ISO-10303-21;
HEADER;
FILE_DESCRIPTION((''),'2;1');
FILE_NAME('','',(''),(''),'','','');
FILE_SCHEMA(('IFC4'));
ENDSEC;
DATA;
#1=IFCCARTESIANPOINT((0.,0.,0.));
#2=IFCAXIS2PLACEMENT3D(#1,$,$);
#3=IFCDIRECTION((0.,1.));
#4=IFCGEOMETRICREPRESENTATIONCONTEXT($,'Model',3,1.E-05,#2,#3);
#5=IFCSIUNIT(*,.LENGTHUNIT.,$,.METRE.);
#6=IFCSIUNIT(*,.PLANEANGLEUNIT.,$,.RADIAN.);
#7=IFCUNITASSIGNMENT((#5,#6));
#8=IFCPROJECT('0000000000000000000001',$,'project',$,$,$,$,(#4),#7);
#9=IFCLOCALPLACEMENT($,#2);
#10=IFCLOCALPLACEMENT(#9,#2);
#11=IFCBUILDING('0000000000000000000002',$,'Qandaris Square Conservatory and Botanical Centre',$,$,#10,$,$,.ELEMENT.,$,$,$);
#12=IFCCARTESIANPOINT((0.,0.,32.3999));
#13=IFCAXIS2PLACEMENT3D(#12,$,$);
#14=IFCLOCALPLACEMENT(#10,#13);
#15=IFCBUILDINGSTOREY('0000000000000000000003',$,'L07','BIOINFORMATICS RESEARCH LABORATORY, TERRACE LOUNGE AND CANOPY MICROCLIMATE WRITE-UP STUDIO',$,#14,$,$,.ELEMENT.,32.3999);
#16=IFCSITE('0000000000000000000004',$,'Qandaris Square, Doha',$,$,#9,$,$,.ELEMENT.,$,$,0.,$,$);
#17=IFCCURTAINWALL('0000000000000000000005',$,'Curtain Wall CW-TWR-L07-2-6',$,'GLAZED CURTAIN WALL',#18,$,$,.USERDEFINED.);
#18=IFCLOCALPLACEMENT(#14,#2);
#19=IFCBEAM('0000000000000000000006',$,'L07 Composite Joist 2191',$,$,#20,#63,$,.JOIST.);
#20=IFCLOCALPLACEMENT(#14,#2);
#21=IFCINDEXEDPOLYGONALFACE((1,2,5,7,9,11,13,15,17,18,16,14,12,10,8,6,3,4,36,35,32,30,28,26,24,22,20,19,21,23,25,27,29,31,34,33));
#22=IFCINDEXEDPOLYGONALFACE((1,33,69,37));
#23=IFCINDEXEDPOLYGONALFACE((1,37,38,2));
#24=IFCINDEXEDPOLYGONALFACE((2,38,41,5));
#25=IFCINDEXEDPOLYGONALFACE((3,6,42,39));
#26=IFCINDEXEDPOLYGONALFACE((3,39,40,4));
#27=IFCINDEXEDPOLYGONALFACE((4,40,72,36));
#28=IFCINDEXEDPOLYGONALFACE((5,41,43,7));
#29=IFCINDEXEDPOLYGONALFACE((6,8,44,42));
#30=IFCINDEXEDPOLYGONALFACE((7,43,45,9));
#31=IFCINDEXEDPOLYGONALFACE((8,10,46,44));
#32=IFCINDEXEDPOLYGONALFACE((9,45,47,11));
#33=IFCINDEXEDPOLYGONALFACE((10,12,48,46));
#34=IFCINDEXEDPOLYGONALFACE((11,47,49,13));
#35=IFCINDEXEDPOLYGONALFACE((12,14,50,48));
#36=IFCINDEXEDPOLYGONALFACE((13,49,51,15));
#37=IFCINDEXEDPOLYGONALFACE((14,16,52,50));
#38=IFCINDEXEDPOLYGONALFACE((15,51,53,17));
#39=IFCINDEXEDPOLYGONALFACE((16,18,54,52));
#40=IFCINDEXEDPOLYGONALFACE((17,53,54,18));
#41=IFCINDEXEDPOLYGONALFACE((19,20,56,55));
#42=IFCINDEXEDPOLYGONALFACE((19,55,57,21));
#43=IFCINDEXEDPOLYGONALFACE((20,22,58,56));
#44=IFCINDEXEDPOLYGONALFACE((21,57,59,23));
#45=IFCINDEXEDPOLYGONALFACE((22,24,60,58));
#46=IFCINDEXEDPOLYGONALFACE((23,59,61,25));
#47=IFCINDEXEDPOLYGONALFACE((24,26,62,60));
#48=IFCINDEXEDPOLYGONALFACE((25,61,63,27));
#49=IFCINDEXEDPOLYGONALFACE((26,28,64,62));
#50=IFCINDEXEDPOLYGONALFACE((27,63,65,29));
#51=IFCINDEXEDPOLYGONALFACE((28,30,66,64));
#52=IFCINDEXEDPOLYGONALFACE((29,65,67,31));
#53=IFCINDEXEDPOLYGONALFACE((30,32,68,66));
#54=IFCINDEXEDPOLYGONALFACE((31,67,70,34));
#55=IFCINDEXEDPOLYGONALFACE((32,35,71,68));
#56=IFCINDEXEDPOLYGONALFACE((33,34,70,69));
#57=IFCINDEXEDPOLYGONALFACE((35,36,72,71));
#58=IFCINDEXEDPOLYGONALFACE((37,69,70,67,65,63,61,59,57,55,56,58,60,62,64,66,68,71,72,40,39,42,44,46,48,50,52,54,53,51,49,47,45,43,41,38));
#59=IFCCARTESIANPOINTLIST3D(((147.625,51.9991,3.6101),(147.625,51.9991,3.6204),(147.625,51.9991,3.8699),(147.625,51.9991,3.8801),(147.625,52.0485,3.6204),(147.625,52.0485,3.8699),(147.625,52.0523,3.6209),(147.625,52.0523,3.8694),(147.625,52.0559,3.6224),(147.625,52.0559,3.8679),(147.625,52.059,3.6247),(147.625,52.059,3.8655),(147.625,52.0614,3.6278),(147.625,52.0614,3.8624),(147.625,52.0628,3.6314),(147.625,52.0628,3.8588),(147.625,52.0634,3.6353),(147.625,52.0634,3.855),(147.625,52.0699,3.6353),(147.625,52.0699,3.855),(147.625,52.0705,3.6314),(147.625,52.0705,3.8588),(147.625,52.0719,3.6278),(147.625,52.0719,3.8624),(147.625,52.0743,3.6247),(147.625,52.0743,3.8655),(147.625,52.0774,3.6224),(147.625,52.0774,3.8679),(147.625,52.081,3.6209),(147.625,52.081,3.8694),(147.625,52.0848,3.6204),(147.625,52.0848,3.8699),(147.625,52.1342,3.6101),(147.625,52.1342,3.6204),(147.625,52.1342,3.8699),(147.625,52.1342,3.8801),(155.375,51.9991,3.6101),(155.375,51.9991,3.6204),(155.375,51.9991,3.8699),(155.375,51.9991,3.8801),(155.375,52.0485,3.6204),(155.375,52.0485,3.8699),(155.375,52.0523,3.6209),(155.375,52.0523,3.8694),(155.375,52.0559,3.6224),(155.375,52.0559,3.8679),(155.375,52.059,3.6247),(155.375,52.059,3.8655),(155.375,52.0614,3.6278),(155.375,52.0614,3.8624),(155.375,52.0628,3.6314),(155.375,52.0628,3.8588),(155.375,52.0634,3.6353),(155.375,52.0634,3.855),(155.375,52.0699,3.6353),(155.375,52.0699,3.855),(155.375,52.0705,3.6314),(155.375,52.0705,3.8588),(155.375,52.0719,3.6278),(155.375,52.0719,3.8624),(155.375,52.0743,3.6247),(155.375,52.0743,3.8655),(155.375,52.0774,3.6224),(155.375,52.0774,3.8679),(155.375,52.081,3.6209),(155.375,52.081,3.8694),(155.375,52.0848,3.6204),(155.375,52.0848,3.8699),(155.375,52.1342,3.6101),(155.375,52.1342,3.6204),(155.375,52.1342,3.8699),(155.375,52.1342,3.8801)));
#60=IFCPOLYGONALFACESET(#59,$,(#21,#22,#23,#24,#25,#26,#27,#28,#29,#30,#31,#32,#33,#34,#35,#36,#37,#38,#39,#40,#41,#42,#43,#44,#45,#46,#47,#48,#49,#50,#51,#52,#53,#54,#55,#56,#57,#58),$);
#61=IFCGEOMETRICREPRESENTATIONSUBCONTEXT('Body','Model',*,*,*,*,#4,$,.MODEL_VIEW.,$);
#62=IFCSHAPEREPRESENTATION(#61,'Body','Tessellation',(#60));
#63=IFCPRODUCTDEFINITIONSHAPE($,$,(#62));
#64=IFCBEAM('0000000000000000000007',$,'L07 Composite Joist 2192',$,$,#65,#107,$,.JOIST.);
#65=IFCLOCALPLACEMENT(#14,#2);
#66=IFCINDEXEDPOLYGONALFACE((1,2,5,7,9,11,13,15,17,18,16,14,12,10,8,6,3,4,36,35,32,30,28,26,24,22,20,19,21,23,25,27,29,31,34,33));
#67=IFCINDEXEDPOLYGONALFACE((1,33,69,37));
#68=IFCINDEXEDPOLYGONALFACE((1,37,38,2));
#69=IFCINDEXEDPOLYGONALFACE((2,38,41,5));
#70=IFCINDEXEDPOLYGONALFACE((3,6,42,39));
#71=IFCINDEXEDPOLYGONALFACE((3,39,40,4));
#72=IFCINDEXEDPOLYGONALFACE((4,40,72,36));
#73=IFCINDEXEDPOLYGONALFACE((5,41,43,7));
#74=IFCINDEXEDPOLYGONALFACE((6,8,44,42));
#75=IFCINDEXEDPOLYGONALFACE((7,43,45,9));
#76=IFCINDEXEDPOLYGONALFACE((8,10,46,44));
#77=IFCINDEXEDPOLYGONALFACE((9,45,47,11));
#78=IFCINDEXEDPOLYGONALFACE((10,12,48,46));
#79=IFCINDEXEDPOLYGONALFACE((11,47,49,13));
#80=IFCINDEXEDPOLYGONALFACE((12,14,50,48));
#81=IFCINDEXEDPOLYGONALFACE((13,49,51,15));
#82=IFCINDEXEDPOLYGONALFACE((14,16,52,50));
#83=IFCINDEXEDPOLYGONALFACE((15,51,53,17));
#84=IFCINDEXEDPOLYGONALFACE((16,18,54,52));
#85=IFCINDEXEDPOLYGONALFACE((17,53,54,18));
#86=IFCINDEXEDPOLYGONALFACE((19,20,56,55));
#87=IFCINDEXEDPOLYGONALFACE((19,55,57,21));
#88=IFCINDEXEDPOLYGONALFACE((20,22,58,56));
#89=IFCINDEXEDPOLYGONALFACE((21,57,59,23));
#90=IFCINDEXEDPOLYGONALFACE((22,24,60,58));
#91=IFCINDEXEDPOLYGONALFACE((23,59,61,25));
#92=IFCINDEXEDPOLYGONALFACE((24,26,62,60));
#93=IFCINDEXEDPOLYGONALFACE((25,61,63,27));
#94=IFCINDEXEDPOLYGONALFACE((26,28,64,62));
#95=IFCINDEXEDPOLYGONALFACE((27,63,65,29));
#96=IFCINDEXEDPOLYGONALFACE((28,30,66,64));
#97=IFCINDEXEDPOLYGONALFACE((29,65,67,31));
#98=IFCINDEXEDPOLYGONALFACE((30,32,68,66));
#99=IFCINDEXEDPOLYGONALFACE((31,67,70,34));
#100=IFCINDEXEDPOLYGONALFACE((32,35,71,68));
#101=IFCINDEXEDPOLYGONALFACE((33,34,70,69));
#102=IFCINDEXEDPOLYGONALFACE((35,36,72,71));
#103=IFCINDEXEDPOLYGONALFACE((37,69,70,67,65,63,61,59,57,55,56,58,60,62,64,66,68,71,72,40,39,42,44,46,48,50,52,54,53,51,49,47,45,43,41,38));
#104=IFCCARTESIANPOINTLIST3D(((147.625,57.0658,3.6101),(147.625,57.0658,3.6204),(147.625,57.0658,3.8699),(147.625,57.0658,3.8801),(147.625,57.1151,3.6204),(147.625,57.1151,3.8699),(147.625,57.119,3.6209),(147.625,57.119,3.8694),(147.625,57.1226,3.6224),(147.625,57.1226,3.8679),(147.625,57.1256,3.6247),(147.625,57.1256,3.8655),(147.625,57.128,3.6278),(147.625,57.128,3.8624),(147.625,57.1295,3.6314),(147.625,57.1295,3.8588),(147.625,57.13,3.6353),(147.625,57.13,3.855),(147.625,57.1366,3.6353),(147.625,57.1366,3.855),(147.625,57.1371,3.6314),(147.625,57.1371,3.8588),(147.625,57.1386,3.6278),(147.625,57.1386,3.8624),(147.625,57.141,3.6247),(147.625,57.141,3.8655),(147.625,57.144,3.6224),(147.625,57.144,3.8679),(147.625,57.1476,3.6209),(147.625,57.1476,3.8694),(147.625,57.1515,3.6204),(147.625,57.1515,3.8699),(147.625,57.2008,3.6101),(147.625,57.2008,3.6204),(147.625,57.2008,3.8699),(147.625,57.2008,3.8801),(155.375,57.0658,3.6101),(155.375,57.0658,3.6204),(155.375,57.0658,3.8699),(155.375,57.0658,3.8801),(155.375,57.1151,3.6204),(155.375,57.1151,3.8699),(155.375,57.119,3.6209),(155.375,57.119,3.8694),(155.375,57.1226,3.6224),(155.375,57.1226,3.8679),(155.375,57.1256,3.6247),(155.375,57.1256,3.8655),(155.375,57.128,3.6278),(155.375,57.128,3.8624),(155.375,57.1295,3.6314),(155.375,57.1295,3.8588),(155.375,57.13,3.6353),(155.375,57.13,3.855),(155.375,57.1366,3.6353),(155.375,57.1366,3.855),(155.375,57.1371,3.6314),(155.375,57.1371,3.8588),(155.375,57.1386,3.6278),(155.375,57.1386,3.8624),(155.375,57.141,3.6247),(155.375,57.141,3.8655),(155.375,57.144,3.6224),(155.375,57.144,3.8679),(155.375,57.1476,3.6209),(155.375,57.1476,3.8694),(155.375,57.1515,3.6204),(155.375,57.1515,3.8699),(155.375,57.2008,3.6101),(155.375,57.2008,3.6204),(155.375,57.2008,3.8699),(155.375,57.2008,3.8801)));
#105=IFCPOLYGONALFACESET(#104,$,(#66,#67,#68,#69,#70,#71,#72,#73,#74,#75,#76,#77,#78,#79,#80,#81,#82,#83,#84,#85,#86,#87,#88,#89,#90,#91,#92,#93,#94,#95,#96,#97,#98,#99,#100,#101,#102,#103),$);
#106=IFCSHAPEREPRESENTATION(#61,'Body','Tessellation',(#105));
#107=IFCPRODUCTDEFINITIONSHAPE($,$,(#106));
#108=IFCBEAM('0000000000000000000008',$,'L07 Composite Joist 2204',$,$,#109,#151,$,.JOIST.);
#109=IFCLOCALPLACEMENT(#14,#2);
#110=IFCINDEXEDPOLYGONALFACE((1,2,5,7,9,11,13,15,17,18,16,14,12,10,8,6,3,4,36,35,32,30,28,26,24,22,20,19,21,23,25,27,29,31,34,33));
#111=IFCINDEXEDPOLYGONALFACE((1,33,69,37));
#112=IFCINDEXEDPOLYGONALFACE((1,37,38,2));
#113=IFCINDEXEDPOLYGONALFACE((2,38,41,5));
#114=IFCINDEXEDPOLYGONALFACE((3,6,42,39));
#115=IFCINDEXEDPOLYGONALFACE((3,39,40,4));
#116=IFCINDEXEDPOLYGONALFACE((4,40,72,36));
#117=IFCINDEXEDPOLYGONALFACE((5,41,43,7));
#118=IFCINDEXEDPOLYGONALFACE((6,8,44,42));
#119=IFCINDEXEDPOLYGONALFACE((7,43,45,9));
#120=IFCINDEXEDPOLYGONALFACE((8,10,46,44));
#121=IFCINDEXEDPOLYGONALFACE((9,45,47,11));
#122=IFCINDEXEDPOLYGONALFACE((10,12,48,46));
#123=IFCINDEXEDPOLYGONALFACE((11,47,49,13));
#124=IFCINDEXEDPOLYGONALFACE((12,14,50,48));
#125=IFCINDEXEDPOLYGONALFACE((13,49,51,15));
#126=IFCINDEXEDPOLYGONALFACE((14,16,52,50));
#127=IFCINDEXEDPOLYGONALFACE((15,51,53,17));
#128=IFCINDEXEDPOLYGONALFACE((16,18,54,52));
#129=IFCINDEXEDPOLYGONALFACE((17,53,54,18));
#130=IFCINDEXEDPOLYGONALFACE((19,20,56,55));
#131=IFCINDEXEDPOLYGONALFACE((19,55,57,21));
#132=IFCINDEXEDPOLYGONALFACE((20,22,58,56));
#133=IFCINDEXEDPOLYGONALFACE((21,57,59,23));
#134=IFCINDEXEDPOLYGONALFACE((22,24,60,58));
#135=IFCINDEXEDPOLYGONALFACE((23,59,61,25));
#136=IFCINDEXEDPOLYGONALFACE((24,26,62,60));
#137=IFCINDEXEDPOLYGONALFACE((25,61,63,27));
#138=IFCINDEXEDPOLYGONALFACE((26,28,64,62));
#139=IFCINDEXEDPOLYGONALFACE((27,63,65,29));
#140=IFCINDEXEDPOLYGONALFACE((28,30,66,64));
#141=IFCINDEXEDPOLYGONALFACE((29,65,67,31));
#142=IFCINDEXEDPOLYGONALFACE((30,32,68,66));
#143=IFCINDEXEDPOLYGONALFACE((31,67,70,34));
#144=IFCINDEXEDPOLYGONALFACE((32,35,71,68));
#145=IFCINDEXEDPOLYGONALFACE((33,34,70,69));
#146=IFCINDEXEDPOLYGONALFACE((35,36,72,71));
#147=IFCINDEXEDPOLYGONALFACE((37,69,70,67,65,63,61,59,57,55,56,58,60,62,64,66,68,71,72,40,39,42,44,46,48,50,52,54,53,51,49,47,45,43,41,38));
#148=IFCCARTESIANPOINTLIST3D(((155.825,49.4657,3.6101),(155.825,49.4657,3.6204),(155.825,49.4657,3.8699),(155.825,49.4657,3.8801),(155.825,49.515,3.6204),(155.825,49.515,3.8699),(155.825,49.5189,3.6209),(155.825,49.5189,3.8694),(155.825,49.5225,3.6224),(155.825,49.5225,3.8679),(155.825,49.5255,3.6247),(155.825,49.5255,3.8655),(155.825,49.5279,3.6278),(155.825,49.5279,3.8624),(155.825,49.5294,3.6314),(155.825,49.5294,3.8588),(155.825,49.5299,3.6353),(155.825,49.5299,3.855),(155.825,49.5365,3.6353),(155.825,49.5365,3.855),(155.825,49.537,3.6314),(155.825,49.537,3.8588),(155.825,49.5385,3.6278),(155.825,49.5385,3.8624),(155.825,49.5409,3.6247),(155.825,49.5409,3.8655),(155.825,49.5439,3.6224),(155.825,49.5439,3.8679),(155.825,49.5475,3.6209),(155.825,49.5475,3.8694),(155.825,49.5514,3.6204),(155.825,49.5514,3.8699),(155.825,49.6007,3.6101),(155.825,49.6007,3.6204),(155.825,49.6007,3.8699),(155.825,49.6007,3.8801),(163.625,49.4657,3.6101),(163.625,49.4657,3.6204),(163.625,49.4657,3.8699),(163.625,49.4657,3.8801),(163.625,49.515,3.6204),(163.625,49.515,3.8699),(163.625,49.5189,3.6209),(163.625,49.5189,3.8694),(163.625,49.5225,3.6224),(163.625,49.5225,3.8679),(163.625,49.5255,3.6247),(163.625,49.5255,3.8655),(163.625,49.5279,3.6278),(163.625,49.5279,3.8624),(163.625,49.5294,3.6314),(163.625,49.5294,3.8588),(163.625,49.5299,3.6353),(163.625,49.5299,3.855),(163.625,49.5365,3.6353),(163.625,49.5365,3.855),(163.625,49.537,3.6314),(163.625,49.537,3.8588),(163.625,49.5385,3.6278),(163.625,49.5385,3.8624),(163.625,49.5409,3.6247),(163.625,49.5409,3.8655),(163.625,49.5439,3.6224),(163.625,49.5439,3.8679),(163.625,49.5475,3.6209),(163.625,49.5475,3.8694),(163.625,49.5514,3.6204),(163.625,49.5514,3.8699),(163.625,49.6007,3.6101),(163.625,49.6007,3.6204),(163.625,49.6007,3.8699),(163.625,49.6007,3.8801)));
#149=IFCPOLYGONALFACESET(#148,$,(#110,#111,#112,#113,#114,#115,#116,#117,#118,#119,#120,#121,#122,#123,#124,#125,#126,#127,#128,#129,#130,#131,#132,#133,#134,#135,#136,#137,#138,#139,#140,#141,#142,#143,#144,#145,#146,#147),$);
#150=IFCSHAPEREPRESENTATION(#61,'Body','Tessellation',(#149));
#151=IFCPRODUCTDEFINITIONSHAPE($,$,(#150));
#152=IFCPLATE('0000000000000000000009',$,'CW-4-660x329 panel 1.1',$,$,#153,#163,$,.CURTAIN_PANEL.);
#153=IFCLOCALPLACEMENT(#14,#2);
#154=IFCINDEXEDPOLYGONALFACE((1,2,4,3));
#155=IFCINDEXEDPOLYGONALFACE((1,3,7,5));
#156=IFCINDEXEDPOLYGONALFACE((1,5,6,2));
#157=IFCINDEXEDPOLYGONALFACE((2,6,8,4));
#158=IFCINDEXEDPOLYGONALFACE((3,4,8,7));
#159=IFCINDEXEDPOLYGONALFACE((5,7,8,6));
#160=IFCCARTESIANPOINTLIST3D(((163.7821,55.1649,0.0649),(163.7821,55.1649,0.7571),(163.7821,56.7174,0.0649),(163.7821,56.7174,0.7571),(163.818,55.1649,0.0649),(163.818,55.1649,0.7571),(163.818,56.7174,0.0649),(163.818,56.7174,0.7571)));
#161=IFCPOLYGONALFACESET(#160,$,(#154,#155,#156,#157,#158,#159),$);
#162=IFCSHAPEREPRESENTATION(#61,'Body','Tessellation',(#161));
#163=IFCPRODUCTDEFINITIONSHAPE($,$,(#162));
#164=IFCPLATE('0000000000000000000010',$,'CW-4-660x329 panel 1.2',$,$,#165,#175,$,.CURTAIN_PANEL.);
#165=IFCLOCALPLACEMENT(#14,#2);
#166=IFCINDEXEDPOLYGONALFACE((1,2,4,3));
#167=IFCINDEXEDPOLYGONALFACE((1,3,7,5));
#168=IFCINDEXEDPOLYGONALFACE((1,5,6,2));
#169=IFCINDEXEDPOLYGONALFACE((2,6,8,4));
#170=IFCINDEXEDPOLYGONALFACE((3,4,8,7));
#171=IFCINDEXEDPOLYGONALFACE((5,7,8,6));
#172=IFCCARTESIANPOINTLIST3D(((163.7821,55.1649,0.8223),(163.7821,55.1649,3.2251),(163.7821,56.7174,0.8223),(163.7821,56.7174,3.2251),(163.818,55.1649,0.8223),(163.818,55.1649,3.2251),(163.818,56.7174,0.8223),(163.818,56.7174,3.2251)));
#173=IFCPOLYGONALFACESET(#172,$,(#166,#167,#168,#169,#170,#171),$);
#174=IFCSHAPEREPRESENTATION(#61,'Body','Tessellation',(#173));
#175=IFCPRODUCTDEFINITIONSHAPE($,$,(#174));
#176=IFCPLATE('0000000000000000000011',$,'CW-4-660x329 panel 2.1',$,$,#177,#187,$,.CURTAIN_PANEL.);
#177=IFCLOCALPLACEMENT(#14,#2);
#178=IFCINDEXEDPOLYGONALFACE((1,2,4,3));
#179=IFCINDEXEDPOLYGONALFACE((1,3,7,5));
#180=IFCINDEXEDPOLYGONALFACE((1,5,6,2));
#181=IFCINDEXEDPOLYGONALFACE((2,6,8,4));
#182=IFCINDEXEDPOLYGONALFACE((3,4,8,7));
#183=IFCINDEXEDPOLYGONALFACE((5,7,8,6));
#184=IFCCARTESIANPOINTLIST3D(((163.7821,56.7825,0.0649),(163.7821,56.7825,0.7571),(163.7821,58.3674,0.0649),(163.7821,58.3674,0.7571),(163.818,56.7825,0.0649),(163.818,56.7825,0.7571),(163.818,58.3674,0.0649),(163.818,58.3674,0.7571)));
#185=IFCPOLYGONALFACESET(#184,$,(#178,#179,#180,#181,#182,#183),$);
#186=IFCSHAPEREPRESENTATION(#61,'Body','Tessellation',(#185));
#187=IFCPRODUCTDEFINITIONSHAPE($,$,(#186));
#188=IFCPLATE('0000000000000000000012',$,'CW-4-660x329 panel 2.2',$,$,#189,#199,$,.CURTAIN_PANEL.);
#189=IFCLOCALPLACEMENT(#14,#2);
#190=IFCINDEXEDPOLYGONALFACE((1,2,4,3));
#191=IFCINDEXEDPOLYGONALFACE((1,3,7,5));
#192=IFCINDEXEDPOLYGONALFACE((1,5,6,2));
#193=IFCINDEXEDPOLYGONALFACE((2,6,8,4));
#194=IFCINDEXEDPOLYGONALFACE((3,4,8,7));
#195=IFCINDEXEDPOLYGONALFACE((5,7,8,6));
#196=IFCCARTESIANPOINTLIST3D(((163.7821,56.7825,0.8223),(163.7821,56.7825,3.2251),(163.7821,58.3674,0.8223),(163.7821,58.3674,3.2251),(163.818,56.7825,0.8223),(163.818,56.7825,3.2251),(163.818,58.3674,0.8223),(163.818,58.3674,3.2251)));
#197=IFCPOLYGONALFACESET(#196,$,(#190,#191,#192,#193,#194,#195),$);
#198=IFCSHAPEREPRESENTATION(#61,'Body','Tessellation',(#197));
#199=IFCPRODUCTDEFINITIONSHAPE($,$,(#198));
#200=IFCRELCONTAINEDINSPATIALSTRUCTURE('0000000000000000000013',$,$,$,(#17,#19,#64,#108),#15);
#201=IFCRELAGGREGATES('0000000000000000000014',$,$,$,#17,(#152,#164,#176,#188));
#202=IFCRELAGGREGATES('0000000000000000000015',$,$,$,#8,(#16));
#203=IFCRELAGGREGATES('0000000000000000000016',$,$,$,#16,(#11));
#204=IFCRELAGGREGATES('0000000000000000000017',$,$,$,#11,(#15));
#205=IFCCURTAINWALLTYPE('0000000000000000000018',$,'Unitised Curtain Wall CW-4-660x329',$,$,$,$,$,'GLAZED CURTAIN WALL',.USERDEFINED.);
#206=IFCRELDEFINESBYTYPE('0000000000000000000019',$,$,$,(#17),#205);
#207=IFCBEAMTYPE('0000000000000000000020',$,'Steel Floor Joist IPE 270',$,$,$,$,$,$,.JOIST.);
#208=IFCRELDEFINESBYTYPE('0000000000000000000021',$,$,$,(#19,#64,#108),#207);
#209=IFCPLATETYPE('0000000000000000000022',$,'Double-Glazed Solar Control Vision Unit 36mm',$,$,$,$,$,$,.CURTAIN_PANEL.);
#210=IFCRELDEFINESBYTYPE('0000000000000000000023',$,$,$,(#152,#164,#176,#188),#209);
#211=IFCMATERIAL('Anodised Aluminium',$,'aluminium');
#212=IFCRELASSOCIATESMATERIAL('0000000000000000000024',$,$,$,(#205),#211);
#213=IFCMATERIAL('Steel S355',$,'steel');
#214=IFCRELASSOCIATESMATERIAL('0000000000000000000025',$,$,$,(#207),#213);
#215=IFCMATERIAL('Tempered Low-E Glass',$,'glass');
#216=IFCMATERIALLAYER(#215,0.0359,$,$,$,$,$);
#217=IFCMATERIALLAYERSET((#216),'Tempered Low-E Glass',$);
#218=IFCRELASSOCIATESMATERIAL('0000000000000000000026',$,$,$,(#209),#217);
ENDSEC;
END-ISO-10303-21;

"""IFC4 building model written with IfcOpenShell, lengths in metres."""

from ifc_helpers import new_model, si_unit, direction, frame, origin, origin_2d, place, context, subcontext, project, spatial, rectangle, i_section, extrude, material, layer, layer_set, material_profile, profile_set, type_object, element, aggregate, save


model = new_model("IFC4")

# Units and contexts
model_context = context("Model", 3, precision=1e-05, world=origin(), true_north=direction((0.0, 1.0)))
body_context = subcontext(model_context, "Body", "Model", "MODEL_VIEW")
ifc_project = project(units=[si_unit("LENGTHUNIT", "METRE"), si_unit("PLANEANGLEUNIT", "RADIAN")], contexts=[model_context])

# Site, building, storey
site_placement = place(None, origin())
site = spatial("IfcSite", under=ifc_project, at=site_placement, Name="Qandaris Square, Doha", CompositionType="ELEMENT", RefElevation=0.0)
building_placement = place(site_placement, origin())
building = spatial("IfcBuilding", under=site, at=building_placement, Name="Qandaris Square Conservatory and Botanical Centre", CompositionType="ELEMENT")
storey_placement = place(building_placement, frame((0.0, 0.0, 32.3999)))
storey = spatial("IfcBuildingStorey", under=building, at=storey_placement, Name="L07", Description="BIOINFORMATICS RESEARCH LABORATORY, TERRACE LOUNGE AND CANOPY MICROCLIMATE WRITE-UP STUDIO", CompositionType="ELEMENT", Elevation=32.3999)

# Shared definitions
ifc_material_1 = material(Name="Steel S355", Category="steel")

# Curtain wall
ifc_material_2 = material(Name="Anodised Aluminium", Category="aluminium")
curtain_wall_type = type_object("IfcCurtainWallType", Name="Unitised Curtain Wall CW-4-660x329", ElementType="GLAZED CURTAIN WALL", PredefinedType="USERDEFINED", material=ifc_material_2)
curtain_wall_placement = place(storey_placement, origin())
curtain_wall = element("IfcCurtainWall", 1, at=curtain_wall_placement, inside=storey, type_object=curtain_wall_type, Name="Curtain Wall CW-TWR-L07-2-6", ObjectType="GLAZED CURTAIN WALL", PredefinedType="USERDEFINED")

# Beams
ifc_material_profile_1 = material_profile(ifc_material_1, i_section(OverallWidth=0.135, OverallDepth=0.27, WebThickness=0.0066, FlangeThickness=0.0103, FilletRadius=0.0149, at=origin_2d()), Name="IPE 270")
ifc_profile_set_1 = profile_set([ifc_material_profile_1], Name="Steel S355")
beam_type_1 = type_object("IfcBeamType", Name="Steel Floor Joist IPE 270", PredefinedType="JOIST", material=ifc_profile_set_1)
for number, where, z_axis, x_axis, name in (
    (2, (147.625, 52.0667, 3.7451), (1.0, 0.0, 0.0), (0.0, 1.0, 0.0), "L07 Composite Joist 2191"),
    (3, (147.625, 57.1333, 3.7451), (1.0, 0.0, 0.0), (0.0, 1.0, 0.0), "L07 Composite Joist 2192"),
):
    element("IfcBeam", number, at=place(storey_placement, frame(where, z_axis=z_axis, x_axis=x_axis)), inside=storey, type_object=beam_type_1, Name=name, PredefinedType="JOIST", context=body_context, shape_type="SweptSolid", body=[
        extrude(i_section(OverallWidth=0.135, OverallDepth=0.27, WebThickness=0.0066, FlangeThickness=0.0103, FilletRadius=0.0149, at=origin_2d()), origin(), (0.0, 0.0, 1.0), 7.75),
    ])
beam_1_placement = place(storey_placement, frame((155.825, 49.5332, 3.7451), z_axis=(1.0, 0.0, 0.0), x_axis=(0.0, 1.0, 0.0)))
element("IfcBeam", 4, at=beam_1_placement, inside=storey, type_object=beam_type_1, Name="L07 Composite Joist 2204", PredefinedType="JOIST", context=body_context, shape_type="SweptSolid", body=[
    extrude(i_section(OverallWidth=0.135, OverallDepth=0.27, WebThickness=0.0066, FlangeThickness=0.0103, FilletRadius=0.0149, at=origin_2d()), origin(), (0.0, 0.0, 1.0), 7.8),
])

# Plates
ifc_material_3 = material(Name="Tempered Low-E Glass", Category="glass")
ifc_layer_1 = layer(ifc_material_3, 0.0359)
ifc_layer_set_1 = layer_set([ifc_layer_1], Name="Tempered Low-E Glass")
plate_type_1 = type_object("IfcPlateType", Name="Double-Glazed Solar Control Vision Unit 36mm", PredefinedType="CURTAIN_PANEL", material=ifc_layer_set_1)
plate_1_placement = place(storey_placement, frame((163.8, 55.9412, 0.0649), z_axis=(0.0, 0.0, 1.0), x_axis=(0.0, 1.0, 0.0)))
plate_1 = element("IfcPlate", 5, at=plate_1_placement, type_object=plate_type_1, Name="CW-4-660x329 panel 1.1", PredefinedType="CURTAIN_PANEL", context=body_context, shape_type="SweptSolid", body=[
    extrude(rectangle(XDim=1.5525, YDim=0.0359, at=origin_2d()), origin(), (0.0, 0.0, 1.0), 0.6921),
])
plate_2_placement = place(storey_placement, frame((163.8, 55.9412, 0.8223), z_axis=(0.0, 0.0, 1.0), x_axis=(0.0, 1.0, 0.0)))
plate_2 = element("IfcPlate", 6, at=plate_2_placement, type_object=plate_type_1, Name="CW-4-660x329 panel 1.2", PredefinedType="CURTAIN_PANEL", context=body_context, shape_type="SweptSolid", body=[
    extrude(rectangle(XDim=1.5525, YDim=0.0359, at=origin_2d()), origin(), (0.0, 0.0, 1.0), 2.4028),
])
plate_3_placement = place(storey_placement, frame((163.8, 57.575, 0.0649), z_axis=(0.0, 0.0, 1.0), x_axis=(0.0, 1.0, 0.0)))
plate_3 = element("IfcPlate", 7, at=plate_3_placement, type_object=plate_type_1, Name="CW-4-660x329 panel 2.1", PredefinedType="CURTAIN_PANEL", context=body_context, shape_type="SweptSolid", body=[
    extrude(rectangle(XDim=1.585, YDim=0.0359, at=origin_2d()), origin(), (0.0, 0.0, 1.0), 0.6921),
])
plate_4_placement = place(storey_placement, frame((163.8, 57.575, 0.8223), z_axis=(0.0, 0.0, 1.0), x_axis=(0.0, 1.0, 0.0)))
plate_4 = element("IfcPlate", 8, at=plate_4_placement, type_object=plate_type_1, Name="CW-4-660x329 panel 2.2", PredefinedType="CURTAIN_PANEL", context=body_context, shape_type="SweptSolid", body=[
    extrude(rectangle(XDim=1.585, YDim=0.0359, at=origin_2d()), origin(), (0.0, 0.0, 1.0), 2.4028),
])
aggregate(curtain_wall, [plate_1, plate_2, plate_3, plate_4])

save(model, "model.ifc")
